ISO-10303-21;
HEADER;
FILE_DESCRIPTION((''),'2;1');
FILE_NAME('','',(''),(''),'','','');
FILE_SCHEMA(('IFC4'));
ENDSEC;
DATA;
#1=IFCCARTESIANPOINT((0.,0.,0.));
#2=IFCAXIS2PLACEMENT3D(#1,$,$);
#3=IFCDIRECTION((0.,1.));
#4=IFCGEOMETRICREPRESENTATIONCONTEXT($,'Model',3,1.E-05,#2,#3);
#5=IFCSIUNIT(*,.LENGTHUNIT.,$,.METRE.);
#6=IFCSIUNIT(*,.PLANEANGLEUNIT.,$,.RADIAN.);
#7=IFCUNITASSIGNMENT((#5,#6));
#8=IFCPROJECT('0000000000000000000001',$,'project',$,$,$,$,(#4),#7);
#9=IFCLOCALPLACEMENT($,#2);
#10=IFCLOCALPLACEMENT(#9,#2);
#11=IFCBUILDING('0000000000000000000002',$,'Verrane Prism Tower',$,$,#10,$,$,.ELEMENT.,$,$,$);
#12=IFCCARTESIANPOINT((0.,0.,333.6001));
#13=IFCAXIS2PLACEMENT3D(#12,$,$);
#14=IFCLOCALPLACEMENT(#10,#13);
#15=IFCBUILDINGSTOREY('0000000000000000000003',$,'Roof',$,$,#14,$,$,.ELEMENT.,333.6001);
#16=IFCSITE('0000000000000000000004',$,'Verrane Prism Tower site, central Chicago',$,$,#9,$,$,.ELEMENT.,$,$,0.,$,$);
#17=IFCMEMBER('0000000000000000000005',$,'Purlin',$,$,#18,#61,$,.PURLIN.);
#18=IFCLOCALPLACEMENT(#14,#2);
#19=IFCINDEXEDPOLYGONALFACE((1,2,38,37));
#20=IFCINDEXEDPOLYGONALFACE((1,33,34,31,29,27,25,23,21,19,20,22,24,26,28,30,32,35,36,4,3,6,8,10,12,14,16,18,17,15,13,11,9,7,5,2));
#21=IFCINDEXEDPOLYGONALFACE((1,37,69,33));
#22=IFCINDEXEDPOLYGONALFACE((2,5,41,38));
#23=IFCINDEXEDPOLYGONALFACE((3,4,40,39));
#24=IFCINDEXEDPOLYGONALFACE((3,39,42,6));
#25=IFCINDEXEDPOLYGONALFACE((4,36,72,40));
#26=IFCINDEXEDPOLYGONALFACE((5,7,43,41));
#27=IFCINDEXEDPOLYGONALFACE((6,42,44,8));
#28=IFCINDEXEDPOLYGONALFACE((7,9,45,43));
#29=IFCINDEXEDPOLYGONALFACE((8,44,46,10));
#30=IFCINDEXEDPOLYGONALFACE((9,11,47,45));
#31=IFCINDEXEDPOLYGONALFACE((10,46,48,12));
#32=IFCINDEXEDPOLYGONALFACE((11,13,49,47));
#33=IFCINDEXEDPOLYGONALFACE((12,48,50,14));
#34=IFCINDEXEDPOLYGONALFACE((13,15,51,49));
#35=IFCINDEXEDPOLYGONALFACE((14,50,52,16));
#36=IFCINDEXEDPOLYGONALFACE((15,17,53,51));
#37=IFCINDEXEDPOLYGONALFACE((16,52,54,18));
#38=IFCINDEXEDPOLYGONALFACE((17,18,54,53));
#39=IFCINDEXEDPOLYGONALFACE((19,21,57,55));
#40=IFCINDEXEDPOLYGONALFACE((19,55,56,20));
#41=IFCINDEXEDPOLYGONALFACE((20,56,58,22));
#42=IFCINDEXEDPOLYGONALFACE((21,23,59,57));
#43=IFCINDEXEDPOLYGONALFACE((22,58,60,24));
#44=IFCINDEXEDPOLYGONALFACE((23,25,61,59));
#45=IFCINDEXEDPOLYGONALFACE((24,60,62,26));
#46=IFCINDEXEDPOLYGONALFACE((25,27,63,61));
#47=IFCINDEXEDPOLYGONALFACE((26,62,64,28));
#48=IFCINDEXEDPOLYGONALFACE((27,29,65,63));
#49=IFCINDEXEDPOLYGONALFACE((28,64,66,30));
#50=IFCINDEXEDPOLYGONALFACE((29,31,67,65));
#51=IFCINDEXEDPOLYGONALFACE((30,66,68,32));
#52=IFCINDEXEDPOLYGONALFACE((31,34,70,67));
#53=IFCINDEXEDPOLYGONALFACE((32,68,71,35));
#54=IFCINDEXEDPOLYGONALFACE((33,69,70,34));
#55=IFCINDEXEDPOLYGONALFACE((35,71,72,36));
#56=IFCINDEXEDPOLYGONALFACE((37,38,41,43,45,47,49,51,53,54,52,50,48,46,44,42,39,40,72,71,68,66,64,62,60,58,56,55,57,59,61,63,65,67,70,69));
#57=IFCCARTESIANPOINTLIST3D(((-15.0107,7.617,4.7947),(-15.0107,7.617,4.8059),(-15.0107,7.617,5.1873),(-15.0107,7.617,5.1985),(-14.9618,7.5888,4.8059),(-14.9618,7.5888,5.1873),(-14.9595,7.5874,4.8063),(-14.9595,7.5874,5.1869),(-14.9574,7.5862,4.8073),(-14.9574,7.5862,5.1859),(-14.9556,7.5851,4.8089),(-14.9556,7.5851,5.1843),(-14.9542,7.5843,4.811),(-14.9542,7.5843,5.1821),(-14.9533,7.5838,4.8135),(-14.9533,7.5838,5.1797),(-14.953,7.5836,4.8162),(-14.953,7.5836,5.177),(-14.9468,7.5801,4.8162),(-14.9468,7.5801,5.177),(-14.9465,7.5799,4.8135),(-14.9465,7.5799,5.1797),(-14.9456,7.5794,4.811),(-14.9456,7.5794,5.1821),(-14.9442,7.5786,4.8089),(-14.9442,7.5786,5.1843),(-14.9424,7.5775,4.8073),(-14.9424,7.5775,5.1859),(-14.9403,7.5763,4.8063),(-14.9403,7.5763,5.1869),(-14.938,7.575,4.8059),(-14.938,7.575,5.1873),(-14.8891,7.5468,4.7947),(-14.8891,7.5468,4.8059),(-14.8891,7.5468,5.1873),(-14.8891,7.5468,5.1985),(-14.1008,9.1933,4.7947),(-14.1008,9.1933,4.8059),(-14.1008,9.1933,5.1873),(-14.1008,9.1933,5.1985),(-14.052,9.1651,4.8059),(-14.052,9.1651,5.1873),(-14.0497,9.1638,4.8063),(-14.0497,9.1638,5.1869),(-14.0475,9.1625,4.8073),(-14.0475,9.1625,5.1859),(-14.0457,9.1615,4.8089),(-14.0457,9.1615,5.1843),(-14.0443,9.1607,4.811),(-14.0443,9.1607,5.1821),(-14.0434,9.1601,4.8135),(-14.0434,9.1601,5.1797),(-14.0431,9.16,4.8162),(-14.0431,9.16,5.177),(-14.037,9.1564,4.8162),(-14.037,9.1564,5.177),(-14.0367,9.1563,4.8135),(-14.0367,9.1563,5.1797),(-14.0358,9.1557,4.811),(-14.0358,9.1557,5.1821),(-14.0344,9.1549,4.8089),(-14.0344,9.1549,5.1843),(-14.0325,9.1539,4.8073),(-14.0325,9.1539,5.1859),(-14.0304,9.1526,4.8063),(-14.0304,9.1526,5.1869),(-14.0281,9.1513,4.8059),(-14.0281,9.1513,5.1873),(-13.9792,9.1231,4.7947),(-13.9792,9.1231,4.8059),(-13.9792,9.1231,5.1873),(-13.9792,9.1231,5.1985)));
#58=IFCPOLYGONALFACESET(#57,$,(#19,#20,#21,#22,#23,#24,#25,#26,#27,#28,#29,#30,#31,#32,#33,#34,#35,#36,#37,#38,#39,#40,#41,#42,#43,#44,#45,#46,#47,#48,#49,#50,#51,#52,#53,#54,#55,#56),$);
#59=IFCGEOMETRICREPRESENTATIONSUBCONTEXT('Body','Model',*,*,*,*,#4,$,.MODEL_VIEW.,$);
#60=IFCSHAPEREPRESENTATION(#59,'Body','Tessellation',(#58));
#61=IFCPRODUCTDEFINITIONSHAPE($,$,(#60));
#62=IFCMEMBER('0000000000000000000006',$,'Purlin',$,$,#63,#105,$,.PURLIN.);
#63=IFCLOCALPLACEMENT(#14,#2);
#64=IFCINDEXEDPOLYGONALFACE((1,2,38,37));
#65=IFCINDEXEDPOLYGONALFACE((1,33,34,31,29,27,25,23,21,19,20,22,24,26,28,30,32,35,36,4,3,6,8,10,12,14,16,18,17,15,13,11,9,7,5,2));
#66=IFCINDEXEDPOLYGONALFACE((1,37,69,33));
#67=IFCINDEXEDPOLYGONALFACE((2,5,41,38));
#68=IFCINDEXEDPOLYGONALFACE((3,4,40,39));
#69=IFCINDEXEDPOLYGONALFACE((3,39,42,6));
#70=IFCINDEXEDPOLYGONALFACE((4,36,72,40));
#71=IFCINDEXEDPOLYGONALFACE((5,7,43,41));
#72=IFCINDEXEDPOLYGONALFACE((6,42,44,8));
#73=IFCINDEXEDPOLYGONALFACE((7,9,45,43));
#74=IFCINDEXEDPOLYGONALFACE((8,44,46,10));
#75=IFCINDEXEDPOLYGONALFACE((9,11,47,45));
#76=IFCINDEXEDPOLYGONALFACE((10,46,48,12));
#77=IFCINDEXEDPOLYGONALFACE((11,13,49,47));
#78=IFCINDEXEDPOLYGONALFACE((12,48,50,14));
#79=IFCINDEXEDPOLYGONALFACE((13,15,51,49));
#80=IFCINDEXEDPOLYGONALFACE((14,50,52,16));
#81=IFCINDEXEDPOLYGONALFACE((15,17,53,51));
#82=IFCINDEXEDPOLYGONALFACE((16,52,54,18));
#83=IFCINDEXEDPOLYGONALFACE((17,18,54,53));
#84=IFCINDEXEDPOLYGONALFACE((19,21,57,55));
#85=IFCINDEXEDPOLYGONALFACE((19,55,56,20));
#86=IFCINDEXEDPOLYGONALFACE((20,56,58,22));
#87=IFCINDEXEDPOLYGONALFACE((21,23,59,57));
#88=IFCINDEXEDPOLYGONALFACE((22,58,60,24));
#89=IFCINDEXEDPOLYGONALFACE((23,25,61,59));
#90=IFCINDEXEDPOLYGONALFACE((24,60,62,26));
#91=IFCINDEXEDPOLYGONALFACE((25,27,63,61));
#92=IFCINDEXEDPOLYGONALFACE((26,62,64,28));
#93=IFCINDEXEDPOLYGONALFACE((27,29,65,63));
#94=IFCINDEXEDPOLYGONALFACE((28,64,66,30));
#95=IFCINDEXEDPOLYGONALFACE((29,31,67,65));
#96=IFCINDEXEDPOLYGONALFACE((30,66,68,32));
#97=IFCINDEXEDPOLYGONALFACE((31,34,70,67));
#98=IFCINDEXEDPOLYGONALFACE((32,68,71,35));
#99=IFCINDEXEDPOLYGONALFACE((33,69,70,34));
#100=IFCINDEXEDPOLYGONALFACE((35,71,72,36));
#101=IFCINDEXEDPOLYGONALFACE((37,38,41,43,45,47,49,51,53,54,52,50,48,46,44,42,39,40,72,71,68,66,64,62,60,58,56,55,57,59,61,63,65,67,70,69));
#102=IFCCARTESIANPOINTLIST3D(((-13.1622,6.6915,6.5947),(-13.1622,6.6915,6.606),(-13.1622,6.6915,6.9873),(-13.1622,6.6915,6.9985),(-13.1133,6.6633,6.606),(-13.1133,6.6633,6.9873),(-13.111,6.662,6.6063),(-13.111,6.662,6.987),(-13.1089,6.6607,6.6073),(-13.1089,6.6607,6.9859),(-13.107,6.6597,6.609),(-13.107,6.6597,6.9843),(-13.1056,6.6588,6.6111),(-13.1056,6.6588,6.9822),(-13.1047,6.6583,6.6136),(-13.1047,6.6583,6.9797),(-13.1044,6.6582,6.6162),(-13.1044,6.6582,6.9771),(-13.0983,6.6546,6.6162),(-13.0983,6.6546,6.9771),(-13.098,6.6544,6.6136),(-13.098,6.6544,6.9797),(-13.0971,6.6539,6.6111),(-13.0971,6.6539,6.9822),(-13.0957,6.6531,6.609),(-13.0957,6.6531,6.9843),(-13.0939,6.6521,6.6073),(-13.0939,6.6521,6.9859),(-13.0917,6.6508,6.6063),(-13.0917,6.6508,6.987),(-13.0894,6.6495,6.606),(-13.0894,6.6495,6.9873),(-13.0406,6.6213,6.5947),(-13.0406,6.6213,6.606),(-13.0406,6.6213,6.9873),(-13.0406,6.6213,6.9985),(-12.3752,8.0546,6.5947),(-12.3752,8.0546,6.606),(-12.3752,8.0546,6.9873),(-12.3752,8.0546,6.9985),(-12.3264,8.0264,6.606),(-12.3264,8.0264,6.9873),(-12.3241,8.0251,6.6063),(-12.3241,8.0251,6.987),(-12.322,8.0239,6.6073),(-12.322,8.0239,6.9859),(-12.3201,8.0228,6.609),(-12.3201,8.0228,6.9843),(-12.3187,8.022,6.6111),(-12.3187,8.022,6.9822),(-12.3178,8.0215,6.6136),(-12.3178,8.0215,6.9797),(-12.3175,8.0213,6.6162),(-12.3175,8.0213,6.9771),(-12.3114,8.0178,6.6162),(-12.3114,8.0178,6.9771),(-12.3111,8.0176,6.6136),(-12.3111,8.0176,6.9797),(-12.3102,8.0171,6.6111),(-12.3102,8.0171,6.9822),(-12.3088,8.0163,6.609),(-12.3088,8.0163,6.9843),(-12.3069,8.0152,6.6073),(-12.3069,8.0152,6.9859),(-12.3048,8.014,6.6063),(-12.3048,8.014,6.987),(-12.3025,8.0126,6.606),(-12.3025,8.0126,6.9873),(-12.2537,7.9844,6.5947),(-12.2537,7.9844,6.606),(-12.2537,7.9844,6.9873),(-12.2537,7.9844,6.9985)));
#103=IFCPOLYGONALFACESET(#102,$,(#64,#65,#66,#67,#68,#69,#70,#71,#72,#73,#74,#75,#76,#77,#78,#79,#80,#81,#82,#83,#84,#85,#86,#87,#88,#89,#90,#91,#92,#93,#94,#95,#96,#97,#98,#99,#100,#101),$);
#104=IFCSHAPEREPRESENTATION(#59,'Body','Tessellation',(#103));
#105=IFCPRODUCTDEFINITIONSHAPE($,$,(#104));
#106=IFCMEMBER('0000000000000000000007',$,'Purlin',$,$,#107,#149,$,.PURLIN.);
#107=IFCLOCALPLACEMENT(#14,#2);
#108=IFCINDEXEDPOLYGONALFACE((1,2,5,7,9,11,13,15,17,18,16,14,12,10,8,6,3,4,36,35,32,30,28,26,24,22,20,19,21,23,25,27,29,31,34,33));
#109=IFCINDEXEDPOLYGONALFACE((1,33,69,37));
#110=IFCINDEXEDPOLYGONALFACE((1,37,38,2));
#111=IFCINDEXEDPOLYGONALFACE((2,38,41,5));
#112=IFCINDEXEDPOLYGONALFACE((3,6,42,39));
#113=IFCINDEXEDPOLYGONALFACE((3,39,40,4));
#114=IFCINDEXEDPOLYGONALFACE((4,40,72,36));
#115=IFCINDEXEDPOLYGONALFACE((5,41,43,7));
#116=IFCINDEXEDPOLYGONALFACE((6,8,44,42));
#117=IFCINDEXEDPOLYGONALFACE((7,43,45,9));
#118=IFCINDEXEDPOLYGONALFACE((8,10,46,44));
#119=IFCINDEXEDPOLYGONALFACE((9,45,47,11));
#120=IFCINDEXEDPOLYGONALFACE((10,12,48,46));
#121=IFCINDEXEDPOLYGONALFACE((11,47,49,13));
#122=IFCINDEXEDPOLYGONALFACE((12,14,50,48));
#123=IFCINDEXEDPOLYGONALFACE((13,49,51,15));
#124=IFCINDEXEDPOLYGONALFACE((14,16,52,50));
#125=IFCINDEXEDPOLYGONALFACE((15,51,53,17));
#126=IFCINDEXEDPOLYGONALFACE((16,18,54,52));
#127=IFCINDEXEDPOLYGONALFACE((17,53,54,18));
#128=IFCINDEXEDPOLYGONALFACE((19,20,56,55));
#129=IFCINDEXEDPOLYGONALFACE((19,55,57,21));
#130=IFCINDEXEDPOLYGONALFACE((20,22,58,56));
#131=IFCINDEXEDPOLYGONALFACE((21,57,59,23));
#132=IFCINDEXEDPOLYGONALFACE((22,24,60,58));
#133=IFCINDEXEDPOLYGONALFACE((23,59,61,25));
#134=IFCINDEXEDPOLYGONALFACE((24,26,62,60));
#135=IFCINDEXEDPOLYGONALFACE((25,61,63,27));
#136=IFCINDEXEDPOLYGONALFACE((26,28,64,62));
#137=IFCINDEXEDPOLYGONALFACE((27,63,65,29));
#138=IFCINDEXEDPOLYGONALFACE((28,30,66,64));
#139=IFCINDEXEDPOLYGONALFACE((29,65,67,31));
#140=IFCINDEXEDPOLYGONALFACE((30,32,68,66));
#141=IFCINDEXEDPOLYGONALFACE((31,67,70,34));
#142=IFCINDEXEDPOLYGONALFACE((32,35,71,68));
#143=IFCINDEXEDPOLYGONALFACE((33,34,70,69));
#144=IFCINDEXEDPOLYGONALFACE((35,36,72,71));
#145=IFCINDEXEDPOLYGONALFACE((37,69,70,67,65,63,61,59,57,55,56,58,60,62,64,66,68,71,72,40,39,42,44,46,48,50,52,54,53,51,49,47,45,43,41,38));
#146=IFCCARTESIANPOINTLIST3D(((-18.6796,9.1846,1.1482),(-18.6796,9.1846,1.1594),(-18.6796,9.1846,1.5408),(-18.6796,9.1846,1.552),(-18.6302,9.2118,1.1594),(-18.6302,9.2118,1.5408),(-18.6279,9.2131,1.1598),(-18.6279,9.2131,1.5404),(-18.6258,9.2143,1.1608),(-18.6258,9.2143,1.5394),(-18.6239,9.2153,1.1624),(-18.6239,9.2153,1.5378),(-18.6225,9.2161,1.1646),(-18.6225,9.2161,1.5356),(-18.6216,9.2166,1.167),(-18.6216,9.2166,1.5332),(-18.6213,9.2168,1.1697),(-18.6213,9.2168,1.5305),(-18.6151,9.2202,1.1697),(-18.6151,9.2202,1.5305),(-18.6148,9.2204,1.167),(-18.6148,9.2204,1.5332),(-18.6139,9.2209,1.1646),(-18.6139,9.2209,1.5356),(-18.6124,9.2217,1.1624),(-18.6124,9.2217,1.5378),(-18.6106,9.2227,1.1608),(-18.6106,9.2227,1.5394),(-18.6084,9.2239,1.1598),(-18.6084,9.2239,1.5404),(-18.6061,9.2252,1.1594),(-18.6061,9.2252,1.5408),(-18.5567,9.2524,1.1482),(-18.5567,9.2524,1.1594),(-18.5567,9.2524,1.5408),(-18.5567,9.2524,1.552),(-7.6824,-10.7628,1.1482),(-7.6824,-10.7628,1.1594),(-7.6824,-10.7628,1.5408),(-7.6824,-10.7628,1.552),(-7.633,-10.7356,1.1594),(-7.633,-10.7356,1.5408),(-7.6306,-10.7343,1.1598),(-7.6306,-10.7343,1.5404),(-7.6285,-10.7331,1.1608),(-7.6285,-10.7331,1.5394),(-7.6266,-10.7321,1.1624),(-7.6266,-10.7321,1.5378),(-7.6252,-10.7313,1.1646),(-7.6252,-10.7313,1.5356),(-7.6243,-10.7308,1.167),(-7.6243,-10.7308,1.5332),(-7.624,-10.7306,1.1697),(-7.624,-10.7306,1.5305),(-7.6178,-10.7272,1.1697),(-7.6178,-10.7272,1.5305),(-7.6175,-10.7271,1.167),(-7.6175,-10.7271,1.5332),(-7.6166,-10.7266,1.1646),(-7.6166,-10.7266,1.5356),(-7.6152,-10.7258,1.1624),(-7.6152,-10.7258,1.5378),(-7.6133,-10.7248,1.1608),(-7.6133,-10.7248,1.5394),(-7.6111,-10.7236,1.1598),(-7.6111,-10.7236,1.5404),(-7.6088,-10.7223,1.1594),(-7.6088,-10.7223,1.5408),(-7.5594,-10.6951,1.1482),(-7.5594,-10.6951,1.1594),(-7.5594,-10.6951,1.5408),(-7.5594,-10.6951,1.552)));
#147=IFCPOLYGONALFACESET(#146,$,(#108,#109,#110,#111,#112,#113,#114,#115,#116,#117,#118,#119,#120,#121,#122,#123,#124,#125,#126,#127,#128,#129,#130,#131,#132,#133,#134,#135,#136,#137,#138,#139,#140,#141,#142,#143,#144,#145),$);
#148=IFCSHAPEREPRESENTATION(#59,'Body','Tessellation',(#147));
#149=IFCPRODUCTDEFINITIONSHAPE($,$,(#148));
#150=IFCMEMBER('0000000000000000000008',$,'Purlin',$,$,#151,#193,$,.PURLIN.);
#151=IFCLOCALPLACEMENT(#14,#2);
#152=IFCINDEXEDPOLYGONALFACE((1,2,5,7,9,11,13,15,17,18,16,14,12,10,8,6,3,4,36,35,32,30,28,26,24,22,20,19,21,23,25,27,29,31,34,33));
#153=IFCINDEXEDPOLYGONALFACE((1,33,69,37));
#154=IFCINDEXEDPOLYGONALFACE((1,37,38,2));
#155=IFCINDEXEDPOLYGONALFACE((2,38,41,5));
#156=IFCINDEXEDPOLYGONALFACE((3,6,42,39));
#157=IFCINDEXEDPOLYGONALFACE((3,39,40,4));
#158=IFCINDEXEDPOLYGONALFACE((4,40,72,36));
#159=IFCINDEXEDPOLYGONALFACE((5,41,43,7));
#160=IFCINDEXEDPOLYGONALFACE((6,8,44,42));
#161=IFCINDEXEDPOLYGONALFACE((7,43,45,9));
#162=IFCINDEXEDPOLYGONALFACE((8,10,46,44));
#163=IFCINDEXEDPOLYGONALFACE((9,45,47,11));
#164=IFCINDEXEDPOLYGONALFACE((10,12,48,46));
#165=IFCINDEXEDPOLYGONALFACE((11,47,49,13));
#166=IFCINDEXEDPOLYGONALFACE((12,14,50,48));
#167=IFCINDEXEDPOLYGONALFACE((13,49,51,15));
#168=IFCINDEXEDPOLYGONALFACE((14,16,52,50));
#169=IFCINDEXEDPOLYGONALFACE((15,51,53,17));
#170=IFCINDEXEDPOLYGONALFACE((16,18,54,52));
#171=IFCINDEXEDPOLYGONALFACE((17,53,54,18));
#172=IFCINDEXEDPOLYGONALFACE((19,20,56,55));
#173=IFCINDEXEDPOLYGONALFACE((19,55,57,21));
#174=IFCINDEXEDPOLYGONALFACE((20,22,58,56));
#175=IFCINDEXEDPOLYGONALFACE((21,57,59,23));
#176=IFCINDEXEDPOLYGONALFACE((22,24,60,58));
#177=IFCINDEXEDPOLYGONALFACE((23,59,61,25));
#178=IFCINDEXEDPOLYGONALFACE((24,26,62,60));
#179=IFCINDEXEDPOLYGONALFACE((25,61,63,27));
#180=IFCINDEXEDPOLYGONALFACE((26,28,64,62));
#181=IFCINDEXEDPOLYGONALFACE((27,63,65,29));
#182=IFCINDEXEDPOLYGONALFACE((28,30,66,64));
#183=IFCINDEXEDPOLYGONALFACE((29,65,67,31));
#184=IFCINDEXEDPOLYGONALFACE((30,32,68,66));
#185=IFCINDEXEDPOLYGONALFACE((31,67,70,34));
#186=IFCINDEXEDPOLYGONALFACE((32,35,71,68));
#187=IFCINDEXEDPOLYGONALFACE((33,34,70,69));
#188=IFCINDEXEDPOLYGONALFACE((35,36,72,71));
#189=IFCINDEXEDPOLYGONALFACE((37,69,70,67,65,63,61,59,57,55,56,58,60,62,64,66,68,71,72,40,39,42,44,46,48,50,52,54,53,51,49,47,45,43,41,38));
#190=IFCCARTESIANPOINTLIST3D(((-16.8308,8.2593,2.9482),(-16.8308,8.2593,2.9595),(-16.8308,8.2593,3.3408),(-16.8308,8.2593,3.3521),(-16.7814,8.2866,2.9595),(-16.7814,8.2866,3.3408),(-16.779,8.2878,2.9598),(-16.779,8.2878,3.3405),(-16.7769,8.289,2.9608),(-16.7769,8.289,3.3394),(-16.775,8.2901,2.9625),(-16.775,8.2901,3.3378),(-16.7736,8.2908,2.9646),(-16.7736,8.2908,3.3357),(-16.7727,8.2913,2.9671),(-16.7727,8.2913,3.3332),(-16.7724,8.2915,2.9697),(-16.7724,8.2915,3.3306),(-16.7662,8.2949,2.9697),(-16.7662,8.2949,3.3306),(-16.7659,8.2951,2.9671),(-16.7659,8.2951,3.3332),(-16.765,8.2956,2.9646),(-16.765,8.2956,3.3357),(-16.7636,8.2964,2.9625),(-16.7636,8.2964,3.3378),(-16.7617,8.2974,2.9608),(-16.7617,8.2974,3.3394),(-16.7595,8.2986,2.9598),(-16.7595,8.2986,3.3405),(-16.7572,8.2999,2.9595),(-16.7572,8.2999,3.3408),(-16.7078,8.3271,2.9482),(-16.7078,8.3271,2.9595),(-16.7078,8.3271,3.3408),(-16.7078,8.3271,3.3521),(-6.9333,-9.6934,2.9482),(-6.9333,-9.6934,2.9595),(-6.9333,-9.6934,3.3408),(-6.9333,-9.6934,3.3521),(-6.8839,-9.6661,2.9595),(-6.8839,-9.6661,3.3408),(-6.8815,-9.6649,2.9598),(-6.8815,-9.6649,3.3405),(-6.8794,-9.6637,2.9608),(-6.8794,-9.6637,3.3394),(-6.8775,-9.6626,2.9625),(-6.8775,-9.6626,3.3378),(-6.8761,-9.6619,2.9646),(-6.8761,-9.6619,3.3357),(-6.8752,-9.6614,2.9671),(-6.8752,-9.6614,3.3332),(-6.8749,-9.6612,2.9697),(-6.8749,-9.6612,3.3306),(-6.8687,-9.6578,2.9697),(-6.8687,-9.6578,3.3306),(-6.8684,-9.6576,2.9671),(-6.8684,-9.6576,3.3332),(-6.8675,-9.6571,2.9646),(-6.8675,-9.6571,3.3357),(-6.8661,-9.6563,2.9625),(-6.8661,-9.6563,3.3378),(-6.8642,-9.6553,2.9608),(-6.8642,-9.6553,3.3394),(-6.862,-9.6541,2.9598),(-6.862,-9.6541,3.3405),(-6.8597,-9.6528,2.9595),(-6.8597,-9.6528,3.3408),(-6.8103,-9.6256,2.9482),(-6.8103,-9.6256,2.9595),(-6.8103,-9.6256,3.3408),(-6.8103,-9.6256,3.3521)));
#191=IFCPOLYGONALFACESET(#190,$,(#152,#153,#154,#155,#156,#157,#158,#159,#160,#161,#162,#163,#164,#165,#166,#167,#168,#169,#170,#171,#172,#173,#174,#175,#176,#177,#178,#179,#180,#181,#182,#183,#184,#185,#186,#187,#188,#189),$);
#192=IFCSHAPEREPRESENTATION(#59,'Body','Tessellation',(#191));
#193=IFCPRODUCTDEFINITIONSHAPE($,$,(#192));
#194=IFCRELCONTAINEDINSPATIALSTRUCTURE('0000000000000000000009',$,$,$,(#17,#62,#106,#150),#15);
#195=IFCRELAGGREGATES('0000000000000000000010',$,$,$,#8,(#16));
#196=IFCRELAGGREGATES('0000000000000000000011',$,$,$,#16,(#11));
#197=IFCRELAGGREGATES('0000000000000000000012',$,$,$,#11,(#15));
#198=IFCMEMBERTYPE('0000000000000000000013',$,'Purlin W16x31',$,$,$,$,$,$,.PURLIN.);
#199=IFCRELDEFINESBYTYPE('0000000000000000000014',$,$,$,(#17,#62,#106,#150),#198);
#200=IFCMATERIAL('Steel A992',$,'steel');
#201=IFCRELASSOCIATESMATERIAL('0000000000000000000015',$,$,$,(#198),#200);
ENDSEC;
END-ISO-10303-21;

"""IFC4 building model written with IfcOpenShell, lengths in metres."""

from ifc_helpers import new_model, si_unit, direction, frame, origin, origin_2d, place, context, subcontext, project, spatial, i_section, extrude, material, material_profile, profile_set, type_object, element, save


model = new_model("IFC4")

# Units and contexts
model_context = context("Model", 3, precision=1e-05, world=origin(), true_north=direction((0.0, 1.0)))
body_context = subcontext(model_context, "Body", "Model", "MODEL_VIEW")
ifc_project = project(units=[si_unit("LENGTHUNIT", "METRE"), si_unit("PLANEANGLEUNIT", "RADIAN")], contexts=[model_context])

# Site, building, storey
site_placement = place(None, origin())
site = spatial("IfcSite", under=ifc_project, at=site_placement, Name="Verrane Prism Tower site, central Chicago", CompositionType="ELEMENT", RefElevation=0.0)
building_placement = place(site_placement, origin())
building = spatial("IfcBuilding", under=site, at=building_placement, Name="Verrane Prism Tower", CompositionType="ELEMENT")
storey_placement = place(building_placement, frame((0.0, 0.0, 333.6001)))
storey = spatial("IfcBuildingStorey", under=building, at=storey_placement, Name="Roof", CompositionType="ELEMENT", Elevation=333.6001)

# Members
ifc_material_1 = material(Name="Steel A992", Category="steel")
ifc_material_profile_1 = material_profile(ifc_material_1, i_section(OverallWidth=0.1404, OverallDepth=0.4038, WebThickness=0.0071, FlangeThickness=0.0112, FilletRadius=0.0103, at=origin_2d()), Name="W16x31")
ifc_profile_set_1 = profile_set([ifc_material_profile_1], Name="Steel A992")
member_type_1 = type_object("IfcMemberType", Name="Purlin W16x31", PredefinedType="PURLIN", material=ifc_profile_set_1)
member_1_placement = place(storey_placement, frame((-14.04, 9.1582, 4.9966), z_axis=(-0.499904, -0.866081, 0.0), x_axis=(0.866081, -0.499904, 0.0)))
element("IfcMember", 1, at=member_1_placement, inside=storey, type_object=member_type_1, Name="Purlin", PredefinedType="PURLIN", context=body_context, shape_type="SweptSolid", body=[
    extrude(i_section(OverallWidth=0.1404, OverallDepth=0.4038, WebThickness=0.0071, FlangeThickness=0.0112, FilletRadius=0.0103, at=origin_2d()), origin(), (0.0, 0.0, 1.0), 1.8201),
])
member_2_placement = place(storey_placement, frame((-12.3145, 8.0195, 6.7966), z_axis=(-0.49996, -0.866049, 0.0), x_axis=(0.866049, -0.49996, 0.0)))
element("IfcMember", 2, at=member_2_placement, inside=storey, type_object=member_type_1, Name="Purlin", PredefinedType="PURLIN", context=body_context, shape_type="SweptSolid", body=[
    extrude(i_section(OverallWidth=0.1404, OverallDepth=0.4038, WebThickness=0.0071, FlangeThickness=0.0112, FilletRadius=0.0103, at=origin_2d()), origin(), (0.0, 0.0, 1.0), 1.574),
])
member_3_placement = place(storey_placement, frame((-18.6182, 9.2185, 1.3501), z_axis=(0.482801, -0.87573, 0.0), x_axis=(0.87573, 0.482801, 0.0)))
element("IfcMember", 3, at=member_3_placement, inside=storey, type_object=member_type_1, Name="Purlin", PredefinedType="PURLIN", context=body_context, shape_type="SweptSolid", body=[
    extrude(i_section(OverallWidth=0.1404, OverallDepth=0.4038, WebThickness=0.0071, FlangeThickness=0.0112, FilletRadius=0.0103, at=origin_2d()), origin(), (0.0, 0.0, 1.0), 22.7781),
])
member_4_placement = place(storey_placement, frame((-16.7693, 8.2932, 3.1501), z_axis=(0.482799, -0.875731, 0.0), x_axis=(0.875731, 0.482799, 0.0)))
element("IfcMember", 4, at=member_4_placement, inside=storey, type_object=member_type_1, Name="Purlin", PredefinedType="PURLIN", context=body_context, shape_type="SweptSolid", body=[
    extrude(i_section(OverallWidth=0.1404, OverallDepth=0.4038, WebThickness=0.0071, FlangeThickness=0.0112, FilletRadius=0.0103, at=origin_2d()), origin(), (0.0, 0.0, 1.0), 20.5002),
])

save(model, "model.ifc")
